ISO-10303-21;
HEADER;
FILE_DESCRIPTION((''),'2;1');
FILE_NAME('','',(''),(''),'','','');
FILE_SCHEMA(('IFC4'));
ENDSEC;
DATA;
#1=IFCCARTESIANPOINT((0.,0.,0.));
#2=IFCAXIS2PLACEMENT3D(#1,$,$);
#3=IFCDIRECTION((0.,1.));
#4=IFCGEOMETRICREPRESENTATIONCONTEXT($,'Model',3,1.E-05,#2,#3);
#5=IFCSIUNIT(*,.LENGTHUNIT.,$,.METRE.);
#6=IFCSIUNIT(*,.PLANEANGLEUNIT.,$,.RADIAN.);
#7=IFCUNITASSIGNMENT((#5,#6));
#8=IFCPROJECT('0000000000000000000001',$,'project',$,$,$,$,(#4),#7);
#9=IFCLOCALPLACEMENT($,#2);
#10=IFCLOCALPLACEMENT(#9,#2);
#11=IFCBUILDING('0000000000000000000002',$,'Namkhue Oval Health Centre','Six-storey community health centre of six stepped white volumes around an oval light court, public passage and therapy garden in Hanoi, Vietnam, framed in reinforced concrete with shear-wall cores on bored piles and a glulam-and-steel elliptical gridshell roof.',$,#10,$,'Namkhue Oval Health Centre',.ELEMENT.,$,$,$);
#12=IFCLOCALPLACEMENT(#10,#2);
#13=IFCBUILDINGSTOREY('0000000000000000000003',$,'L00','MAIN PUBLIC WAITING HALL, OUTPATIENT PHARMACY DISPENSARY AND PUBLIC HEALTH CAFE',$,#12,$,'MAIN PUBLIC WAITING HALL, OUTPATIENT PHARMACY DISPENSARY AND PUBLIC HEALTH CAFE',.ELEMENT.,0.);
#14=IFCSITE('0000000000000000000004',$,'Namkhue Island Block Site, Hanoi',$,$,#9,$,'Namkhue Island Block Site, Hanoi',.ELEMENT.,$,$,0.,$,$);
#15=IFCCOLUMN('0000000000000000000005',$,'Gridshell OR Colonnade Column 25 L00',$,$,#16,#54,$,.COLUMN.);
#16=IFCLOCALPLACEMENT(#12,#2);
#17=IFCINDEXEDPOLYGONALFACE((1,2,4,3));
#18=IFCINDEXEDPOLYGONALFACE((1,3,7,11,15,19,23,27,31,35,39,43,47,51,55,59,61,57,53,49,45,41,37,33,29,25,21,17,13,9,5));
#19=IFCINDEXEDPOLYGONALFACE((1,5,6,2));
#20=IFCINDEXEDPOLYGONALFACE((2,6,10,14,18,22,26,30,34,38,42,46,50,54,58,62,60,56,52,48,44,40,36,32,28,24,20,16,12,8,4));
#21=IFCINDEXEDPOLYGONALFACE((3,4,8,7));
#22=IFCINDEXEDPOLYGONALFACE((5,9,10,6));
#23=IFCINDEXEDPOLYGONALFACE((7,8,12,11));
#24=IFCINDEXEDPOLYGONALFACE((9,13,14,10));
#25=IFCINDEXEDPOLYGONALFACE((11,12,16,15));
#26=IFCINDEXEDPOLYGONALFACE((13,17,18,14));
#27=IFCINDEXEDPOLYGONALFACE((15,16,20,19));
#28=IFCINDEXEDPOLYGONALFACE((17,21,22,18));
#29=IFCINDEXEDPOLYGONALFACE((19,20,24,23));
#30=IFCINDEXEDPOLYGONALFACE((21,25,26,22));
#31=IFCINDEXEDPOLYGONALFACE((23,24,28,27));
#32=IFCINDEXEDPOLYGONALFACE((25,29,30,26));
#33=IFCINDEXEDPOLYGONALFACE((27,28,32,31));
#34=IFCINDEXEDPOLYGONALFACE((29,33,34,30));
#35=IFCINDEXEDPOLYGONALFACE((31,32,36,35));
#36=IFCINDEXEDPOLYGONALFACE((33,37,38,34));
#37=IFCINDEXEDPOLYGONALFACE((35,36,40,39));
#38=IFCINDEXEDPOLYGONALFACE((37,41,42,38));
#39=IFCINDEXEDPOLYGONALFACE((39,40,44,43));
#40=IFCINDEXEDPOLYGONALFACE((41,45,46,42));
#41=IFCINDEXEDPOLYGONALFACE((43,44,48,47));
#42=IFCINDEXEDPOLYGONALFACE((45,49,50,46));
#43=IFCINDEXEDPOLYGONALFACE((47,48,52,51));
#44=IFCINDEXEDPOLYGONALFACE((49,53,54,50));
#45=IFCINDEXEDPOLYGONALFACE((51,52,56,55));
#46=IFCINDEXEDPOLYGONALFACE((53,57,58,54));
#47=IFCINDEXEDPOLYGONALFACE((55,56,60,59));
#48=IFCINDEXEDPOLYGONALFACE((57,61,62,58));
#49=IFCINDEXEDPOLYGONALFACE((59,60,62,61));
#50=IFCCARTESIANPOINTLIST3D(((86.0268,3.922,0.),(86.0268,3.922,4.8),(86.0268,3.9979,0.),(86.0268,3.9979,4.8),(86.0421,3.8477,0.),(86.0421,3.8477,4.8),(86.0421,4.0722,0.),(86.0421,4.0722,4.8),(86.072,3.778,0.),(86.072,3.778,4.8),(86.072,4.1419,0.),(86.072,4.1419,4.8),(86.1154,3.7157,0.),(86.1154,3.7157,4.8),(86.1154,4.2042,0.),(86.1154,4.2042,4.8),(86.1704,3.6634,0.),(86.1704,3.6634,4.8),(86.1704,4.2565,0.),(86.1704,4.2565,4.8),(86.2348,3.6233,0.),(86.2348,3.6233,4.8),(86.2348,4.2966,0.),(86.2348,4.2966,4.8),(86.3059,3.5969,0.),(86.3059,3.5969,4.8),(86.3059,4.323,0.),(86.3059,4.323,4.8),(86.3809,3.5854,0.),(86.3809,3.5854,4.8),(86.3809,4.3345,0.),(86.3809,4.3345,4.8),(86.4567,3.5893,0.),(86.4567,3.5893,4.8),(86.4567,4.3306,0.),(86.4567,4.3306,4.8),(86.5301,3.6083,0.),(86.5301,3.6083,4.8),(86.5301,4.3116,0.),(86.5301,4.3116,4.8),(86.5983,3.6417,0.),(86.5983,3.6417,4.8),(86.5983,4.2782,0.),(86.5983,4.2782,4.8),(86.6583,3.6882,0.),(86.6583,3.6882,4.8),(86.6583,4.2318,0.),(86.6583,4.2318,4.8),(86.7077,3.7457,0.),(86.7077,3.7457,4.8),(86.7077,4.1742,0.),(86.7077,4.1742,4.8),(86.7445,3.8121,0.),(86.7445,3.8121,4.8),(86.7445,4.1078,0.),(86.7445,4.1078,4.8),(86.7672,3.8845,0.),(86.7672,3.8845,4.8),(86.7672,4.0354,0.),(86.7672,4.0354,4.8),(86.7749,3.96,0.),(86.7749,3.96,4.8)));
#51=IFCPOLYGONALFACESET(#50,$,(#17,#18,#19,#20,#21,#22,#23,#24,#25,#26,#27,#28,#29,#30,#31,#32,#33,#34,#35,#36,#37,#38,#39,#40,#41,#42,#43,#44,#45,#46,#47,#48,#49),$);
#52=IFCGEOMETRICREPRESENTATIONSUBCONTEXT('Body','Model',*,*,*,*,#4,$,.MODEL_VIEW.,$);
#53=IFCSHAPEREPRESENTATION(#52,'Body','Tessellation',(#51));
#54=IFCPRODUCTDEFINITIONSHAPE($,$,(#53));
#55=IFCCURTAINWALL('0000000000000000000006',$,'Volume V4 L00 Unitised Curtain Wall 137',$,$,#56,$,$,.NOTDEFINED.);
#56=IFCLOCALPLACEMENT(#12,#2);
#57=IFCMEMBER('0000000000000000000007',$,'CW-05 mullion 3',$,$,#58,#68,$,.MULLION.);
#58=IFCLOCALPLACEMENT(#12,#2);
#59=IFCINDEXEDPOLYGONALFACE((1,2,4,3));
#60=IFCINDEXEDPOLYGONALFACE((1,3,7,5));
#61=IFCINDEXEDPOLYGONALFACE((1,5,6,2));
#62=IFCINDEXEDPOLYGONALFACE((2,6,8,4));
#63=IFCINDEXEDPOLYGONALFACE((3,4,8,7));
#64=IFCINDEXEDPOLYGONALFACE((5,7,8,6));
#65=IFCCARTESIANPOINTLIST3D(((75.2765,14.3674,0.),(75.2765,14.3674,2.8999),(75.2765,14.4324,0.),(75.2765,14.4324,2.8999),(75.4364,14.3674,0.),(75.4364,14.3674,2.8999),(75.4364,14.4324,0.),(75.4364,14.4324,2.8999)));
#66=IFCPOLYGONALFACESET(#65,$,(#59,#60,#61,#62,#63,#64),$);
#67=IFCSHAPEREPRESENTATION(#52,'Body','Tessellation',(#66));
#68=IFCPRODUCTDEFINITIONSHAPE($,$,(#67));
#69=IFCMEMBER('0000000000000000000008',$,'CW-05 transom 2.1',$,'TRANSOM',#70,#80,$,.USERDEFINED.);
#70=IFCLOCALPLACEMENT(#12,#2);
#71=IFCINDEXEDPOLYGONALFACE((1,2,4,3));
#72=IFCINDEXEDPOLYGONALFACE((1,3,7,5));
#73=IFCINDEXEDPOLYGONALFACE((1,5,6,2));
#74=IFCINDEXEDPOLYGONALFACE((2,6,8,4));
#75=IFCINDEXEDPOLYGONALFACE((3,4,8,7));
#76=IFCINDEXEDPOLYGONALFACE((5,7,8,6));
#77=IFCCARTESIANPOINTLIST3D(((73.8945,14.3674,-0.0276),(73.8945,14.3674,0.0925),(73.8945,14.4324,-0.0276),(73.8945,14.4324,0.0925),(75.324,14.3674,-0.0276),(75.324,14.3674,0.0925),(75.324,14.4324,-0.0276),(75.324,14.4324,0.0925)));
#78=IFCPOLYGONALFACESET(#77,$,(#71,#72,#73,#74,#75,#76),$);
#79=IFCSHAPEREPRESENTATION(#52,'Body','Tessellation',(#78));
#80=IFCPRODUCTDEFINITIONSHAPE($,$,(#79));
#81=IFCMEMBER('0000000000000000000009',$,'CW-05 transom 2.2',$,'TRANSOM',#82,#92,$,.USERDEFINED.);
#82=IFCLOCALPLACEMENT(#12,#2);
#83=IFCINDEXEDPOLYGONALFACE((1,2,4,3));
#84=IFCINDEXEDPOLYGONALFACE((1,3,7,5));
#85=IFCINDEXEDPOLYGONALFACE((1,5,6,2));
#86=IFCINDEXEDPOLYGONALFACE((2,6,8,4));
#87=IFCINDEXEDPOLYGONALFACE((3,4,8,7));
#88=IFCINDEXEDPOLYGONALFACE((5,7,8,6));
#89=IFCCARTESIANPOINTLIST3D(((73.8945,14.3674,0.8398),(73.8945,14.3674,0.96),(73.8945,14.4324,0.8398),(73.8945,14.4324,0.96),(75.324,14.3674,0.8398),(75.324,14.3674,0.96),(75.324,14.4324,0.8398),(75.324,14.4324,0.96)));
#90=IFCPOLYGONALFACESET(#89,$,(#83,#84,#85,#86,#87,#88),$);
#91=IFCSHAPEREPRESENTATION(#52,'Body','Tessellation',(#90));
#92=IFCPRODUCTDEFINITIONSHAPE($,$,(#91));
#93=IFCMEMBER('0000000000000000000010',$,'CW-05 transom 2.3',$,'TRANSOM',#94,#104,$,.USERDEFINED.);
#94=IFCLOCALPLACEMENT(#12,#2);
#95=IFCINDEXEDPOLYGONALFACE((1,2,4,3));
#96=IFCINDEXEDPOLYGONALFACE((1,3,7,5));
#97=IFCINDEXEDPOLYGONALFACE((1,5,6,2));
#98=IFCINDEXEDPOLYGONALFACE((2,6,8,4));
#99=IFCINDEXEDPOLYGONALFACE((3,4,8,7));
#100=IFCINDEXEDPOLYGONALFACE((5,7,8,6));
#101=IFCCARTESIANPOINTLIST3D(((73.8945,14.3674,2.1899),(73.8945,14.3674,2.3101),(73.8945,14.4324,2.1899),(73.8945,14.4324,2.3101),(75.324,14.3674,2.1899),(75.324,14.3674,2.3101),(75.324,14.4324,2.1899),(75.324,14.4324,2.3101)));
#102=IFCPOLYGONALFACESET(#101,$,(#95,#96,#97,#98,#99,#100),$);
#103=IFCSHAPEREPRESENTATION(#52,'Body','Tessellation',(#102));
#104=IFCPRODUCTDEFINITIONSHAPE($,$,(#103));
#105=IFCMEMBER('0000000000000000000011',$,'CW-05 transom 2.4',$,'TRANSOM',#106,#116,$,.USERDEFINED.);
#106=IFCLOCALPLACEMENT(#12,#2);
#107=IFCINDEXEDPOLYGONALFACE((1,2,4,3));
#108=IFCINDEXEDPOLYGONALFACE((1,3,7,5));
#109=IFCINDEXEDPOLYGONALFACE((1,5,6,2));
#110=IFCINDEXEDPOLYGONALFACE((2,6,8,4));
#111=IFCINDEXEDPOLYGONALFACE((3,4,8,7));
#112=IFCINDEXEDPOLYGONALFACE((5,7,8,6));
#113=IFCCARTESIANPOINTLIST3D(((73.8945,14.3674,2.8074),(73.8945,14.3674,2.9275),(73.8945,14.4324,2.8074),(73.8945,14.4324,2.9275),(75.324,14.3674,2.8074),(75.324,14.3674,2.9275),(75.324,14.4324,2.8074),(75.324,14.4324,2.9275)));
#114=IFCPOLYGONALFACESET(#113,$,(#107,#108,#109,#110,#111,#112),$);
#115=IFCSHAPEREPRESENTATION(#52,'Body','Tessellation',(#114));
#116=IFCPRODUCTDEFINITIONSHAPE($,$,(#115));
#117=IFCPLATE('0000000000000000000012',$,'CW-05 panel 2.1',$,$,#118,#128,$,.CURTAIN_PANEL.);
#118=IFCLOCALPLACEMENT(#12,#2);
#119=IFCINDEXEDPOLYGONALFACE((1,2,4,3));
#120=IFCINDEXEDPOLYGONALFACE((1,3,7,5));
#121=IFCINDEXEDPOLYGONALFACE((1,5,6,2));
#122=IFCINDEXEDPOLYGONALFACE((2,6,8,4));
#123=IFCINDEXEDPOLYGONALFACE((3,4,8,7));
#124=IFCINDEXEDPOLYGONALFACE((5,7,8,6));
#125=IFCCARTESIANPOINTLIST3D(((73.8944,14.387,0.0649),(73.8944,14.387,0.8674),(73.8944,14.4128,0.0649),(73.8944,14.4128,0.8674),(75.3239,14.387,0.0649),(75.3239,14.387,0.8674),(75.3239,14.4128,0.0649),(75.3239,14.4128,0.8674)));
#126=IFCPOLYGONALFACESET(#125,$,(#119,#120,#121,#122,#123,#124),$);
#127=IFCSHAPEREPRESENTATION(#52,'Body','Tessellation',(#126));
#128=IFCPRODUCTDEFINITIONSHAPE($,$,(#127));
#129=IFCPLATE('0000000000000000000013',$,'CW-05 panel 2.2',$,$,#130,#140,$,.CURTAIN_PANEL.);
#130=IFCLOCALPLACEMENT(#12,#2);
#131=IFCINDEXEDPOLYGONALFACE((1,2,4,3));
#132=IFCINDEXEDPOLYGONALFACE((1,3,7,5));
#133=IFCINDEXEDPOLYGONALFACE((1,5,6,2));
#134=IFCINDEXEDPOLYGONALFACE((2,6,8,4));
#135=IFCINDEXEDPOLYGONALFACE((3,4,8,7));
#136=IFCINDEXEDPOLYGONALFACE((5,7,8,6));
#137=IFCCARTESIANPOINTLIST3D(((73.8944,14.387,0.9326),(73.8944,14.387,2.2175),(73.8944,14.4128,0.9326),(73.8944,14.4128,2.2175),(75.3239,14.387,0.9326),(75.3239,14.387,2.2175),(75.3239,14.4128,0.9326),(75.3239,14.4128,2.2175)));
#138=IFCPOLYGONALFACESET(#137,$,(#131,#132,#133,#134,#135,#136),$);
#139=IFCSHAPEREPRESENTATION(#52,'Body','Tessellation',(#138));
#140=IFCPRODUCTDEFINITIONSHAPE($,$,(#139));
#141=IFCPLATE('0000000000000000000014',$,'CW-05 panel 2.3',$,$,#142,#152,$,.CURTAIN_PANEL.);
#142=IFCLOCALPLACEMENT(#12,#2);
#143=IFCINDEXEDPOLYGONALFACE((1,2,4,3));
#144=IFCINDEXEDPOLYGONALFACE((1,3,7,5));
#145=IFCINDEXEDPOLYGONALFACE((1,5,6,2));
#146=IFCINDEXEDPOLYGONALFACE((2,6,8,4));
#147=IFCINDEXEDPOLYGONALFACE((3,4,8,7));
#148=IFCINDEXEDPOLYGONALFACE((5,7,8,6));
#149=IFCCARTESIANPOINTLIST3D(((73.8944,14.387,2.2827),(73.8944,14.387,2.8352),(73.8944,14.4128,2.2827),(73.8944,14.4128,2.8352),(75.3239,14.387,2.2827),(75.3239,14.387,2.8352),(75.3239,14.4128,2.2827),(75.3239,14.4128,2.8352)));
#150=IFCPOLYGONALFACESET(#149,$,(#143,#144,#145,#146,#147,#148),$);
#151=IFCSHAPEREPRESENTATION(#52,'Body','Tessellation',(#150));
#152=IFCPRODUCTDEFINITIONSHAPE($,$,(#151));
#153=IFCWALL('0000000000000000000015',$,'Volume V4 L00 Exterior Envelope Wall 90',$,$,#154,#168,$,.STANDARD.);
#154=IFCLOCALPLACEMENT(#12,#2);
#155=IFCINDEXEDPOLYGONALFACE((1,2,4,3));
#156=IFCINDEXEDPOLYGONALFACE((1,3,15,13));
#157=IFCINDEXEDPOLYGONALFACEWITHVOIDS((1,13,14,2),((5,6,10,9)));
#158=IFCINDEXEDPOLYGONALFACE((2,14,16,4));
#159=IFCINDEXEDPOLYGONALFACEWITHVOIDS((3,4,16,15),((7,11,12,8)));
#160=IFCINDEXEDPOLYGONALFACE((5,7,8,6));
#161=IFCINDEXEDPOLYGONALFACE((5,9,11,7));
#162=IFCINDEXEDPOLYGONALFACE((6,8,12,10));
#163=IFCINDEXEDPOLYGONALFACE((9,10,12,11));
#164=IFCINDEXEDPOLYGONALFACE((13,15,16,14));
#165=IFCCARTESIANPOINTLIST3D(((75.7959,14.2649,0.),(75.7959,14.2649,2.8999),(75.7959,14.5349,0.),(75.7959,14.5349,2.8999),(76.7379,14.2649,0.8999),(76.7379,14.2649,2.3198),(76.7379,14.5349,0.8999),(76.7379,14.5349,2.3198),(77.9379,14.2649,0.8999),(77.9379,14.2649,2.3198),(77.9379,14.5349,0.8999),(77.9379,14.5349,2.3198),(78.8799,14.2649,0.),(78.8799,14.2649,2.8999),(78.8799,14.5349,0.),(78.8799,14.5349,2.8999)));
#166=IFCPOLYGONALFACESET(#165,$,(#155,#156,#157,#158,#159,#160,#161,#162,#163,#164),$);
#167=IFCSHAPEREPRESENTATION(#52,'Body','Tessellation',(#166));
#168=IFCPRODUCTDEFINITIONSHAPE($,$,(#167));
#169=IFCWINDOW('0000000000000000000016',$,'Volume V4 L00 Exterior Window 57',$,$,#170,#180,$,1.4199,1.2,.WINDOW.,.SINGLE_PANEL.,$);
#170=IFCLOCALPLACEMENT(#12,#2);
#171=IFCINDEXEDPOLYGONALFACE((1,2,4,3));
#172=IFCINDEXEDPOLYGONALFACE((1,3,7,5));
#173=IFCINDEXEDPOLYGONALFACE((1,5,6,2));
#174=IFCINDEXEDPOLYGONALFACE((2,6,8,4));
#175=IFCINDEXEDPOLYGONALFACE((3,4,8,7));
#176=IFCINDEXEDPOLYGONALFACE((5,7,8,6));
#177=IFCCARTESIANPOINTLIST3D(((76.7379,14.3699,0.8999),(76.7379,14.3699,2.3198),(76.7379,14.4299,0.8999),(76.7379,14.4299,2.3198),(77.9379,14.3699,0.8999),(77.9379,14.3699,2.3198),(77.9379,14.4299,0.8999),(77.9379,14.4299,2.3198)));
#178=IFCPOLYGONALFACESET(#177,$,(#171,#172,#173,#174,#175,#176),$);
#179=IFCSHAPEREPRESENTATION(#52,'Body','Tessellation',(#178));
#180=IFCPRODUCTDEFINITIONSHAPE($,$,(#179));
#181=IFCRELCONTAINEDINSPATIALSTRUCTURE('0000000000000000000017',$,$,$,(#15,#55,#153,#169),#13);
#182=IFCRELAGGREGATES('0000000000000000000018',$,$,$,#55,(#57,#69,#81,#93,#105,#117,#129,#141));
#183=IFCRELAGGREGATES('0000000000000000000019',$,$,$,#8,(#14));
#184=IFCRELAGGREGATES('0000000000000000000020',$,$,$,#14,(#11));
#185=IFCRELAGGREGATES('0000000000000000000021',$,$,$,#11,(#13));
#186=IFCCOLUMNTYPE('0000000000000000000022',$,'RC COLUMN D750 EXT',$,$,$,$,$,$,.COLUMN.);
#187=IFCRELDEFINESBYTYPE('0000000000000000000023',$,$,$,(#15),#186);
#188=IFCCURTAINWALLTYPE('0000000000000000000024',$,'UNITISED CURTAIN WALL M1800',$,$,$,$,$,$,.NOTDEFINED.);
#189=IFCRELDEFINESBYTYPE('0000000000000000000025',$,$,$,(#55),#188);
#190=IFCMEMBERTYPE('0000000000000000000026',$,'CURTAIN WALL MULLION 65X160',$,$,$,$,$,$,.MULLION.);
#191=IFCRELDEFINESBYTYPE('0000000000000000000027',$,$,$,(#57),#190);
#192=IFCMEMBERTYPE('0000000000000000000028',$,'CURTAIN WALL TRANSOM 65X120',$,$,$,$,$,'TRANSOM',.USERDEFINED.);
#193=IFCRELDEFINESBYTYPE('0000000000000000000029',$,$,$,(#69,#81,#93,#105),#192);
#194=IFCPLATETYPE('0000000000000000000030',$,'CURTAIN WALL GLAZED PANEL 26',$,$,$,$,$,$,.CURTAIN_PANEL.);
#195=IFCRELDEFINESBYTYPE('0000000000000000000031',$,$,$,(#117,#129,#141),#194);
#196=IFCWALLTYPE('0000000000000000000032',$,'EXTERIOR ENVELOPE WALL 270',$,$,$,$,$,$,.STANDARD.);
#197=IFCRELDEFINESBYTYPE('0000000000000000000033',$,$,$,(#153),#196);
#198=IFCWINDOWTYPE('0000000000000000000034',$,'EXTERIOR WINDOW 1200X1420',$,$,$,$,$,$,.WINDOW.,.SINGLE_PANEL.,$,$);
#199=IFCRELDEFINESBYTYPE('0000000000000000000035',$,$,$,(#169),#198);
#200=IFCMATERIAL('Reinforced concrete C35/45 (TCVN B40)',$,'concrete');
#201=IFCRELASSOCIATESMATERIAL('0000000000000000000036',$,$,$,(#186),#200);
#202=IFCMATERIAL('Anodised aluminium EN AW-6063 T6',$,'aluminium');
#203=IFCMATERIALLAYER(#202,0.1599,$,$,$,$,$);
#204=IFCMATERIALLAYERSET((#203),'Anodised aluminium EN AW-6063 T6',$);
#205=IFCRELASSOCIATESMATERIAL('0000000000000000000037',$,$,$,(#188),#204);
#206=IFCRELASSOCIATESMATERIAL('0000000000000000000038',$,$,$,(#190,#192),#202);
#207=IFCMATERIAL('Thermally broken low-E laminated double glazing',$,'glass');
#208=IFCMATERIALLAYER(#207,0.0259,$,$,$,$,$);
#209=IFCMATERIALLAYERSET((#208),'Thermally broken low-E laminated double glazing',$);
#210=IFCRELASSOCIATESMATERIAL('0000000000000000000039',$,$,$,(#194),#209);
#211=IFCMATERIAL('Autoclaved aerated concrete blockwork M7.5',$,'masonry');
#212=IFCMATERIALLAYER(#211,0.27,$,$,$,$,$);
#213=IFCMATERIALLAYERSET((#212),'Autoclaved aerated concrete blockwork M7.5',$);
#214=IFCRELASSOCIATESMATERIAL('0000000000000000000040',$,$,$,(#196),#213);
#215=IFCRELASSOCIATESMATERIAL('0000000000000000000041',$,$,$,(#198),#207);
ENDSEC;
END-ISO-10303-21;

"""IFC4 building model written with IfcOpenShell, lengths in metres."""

from ifc_helpers import new_model, si_unit, direction, frame, frame_2d, origin, origin_2d, place, context, subcontext, project, spatial, rectangle, circle, extrude, material, layer, layer_set, material_profile, profile_set, type_object, element, fill, aggregate, save


model = new_model("IFC4")

# Units and contexts
model_context = context("Model", 3, precision=1e-05, world=origin(), true_north=direction((0.0, 1.0)))
body_context = subcontext(model_context, "Body", "Model", "MODEL_VIEW")
ifc_project = project(units=[si_unit("LENGTHUNIT", "METRE"), si_unit("PLANEANGLEUNIT", "RADIAN")], contexts=[model_context])

# Site, building, storey
site_placement = place(None, origin())
site = spatial("IfcSite", under=ifc_project, at=site_placement, Name="Namkhue Island Block Site, Hanoi", LongName="Namkhue Island Block Site, Hanoi", CompositionType="ELEMENT", RefElevation=0.0)
building_placement = place(site_placement, origin())
building = spatial("IfcBuilding", under=site, at=building_placement, Name="Namkhue Oval Health Centre", Description="Six-storey community health centre of six stepped white volumes around an oval light court, public passage and therapy garden in Hanoi, Vietnam, framed in reinforced concrete with shear-wall cores on bored piles and a glulam-and-steel elliptical gridshell roof.", LongName="Namkhue Oval Health Centre", CompositionType="ELEMENT")
storey_placement = place(building_placement, origin())
storey = spatial("IfcBuildingStorey", under=building, at=storey_placement, Name="L00", Description="MAIN PUBLIC WAITING HALL, OUTPATIENT PHARMACY DISPENSARY AND PUBLIC HEALTH CAFE", LongName="MAIN PUBLIC WAITING HALL, OUTPATIENT PHARMACY DISPENSARY AND PUBLIC HEALTH CAFE", CompositionType="ELEMENT", Elevation=0.0)

# Column
ifc_material_1 = material(Name="Reinforced concrete C35/45 (TCVN B40)", Category="concrete")
ifc_material_profile_1 = material_profile(ifc_material_1, circle(Radius=0.375, at=origin_2d()), Name="RC D750")
ifc_profile_set_1 = profile_set([ifc_material_profile_1], Name="Reinforced concrete C35/45 (TCVN B40)")
column_type_1 = type_object("IfcColumnType", Name="RC COLUMN D750 EXT", PredefinedType="COLUMN", material=ifc_profile_set_1)
column_1_placement = place(storey_placement, frame((86.3999, 3.96, 0.0), z_axis=(0.0, 0.0, 1.0), x_axis=(1.0, 0.0, 0.0)))
element("IfcColumn", 1, at=column_1_placement, inside=storey, type_object=column_type_1, Name="Gridshell OR Colonnade Column 25 L00", PredefinedType="COLUMN", context=body_context, shape_type="SweptSolid", body=[
    extrude(circle(Radius=0.375, at=origin_2d()), origin(), (0.0, 0.0, 1.0), 4.8),
])

# Curtain wall, members, plates
ifc_material_2 = material(Name="Anodised aluminium EN AW-6063 T6", Category="aluminium")
ifc_layer_1 = layer(ifc_material_2, 0.1599)
ifc_layer_set_1 = layer_set([ifc_layer_1], Name="Anodised aluminium EN AW-6063 T6")
curtain_wall_type = type_object("IfcCurtainWallType", Name="UNITISED CURTAIN WALL M1800", PredefinedType="NOTDEFINED", material=ifc_layer_set_1)
curtain_wall_placement = place(storey_placement, origin())
curtain_wall = element("IfcCurtainWall", 2, at=curtain_wall_placement, inside=storey, type_object=curtain_wall_type, Name="Volume V4 L00 Unitised Curtain Wall 137", PredefinedType="NOTDEFINED")
ifc_material_profile_2 = material_profile(ifc_material_2, rectangle(XDim=0.0649, YDim=0.1599, at=origin_2d()), Name="ALU 65x160")
ifc_profile_set_2 = profile_set([ifc_material_profile_2], Name="Anodised aluminium EN AW-6063 T6")
member_type_1 = type_object("IfcMemberType", Name="CURTAIN WALL MULLION 65X160", PredefinedType="MULLION", material=ifc_profile_set_2)
member_1_placement = place(storey_placement, frame((75.3564, 14.3999, 0.0), z_axis=(0.0, 0.0, 1.0), x_axis=(0.0, 1.0, 0.0)))
member_1 = element("IfcMember", 3, at=member_1_placement, type_object=member_type_1, Name="CW-05 mullion 3", PredefinedType="MULLION", context=body_context, shape_type="SweptSolid", body=[
    extrude(rectangle(XDim=0.0649, YDim=0.1599, at=origin_2d()), origin(), (0.0, 0.0, 1.0), 2.8999),
])
ifc_material_profile_3 = material_profile(ifc_material_2, rectangle(XDim=0.0649, YDim=0.1201, at=origin_2d()), Name="ALU 65x120")
ifc_profile_set_3 = profile_set([ifc_material_profile_3], Name="Anodised aluminium EN AW-6063 T6")
member_type_2 = type_object("IfcMemberType", Name="CURTAIN WALL TRANSOM 65X120", ElementType="TRANSOM", PredefinedType="USERDEFINED", material=ifc_profile_set_3)
member_2_placement = place(storey_placement, frame((73.8945, 14.3999, 0.0325), z_axis=(1.0, 0.0, 0.0), x_axis=(0.0, 1.0, 0.0)))
member_2 = element("IfcMember", 4, at=member_2_placement, type_object=member_type_2, Name="CW-05 transom 2.1", ObjectType="TRANSOM", PredefinedType="USERDEFINED", context=body_context, shape_type="SweptSolid", body=[
    extrude(rectangle(XDim=0.0649, YDim=0.1201, at=origin_2d()), origin(), (0.0, 0.0, 1.0), 1.4294),
])
member_3_placement = place(storey_placement, frame((73.8945, 14.3999, 0.8999), z_axis=(1.0, 0.0, 0.0), x_axis=(0.0, 1.0, 0.0)))
member_3 = element("IfcMember", 5, at=member_3_placement, type_object=member_type_2, Name="CW-05 transom 2.2", ObjectType="TRANSOM", PredefinedType="USERDEFINED", context=body_context, shape_type="SweptSolid", body=[
    extrude(rectangle(XDim=0.0649, YDim=0.1201, at=origin_2d()), origin(), (0.0, 0.0, 1.0), 1.4294),
])
member_4_placement = place(storey_placement, frame((73.8945, 14.3999, 2.25), z_axis=(1.0, 0.0, 0.0), x_axis=(0.0, 1.0, 0.0)))
member_4 = element("IfcMember", 6, at=member_4_placement, type_object=member_type_2, Name="CW-05 transom 2.3", ObjectType="TRANSOM", PredefinedType="USERDEFINED", context=body_context, shape_type="SweptSolid", body=[
    extrude(rectangle(XDim=0.0649, YDim=0.1201, at=origin_2d()), origin(), (0.0, 0.0, 1.0), 1.4294),
])
member_5_placement = place(storey_placement, frame((73.8945, 14.3999, 2.8674), z_axis=(1.0, 0.0, 0.0), x_axis=(0.0, 1.0, 0.0)))
member_5 = element("IfcMember", 7, at=member_5_placement, type_object=member_type_2, Name="CW-05 transom 2.4", ObjectType="TRANSOM", PredefinedType="USERDEFINED", context=body_context, shape_type="SweptSolid", body=[
    extrude(rectangle(XDim=0.0649, YDim=0.1201, at=origin_2d()), origin(), (0.0, 0.0, 1.0), 1.4294),
])
ifc_material_3 = material(Name="Thermally broken low-E laminated double glazing", Category="glass")
ifc_layer_2 = layer(ifc_material_3, 0.0259)
ifc_layer_set_2 = layer_set([ifc_layer_2], Name="Thermally broken low-E laminated double glazing")
plate_type = type_object("IfcPlateType", Name="CURTAIN WALL GLAZED PANEL 26", PredefinedType="CURTAIN_PANEL", material=ifc_layer_set_2)
plate_1_placement = place(storey_placement, frame((74.6091, 14.3999, 0.0649), z_axis=(0.0, 0.0, 1.0), x_axis=(1.0, 0.0, 0.0)))
plate_1 = element("IfcPlate", 8, at=plate_1_placement, type_object=plate_type, Name="CW-05 panel 2.1", PredefinedType="CURTAIN_PANEL", context=body_context, shape_type="SweptSolid", body=[
    extrude(rectangle(XDim=1.4294, YDim=0.0259, at=origin_2d()), origin(), (0.0, 0.0, 1.0), 0.8025),
])
plate_2_placement = place(storey_placement, frame((74.6091, 14.3999, 0.9326), z_axis=(0.0, 0.0, 1.0), x_axis=(1.0, 0.0, 0.0)))
plate_2 = element("IfcPlate", 9, at=plate_2_placement, type_object=plate_type, Name="CW-05 panel 2.2", PredefinedType="CURTAIN_PANEL", context=body_context, shape_type="SweptSolid", body=[
    extrude(rectangle(XDim=1.4294, YDim=0.0259, at=origin_2d()), origin(), (0.0, 0.0, 1.0), 1.2849),
])
plate_3_placement = place(storey_placement, frame((74.6091, 14.3999, 2.2827), z_axis=(0.0, 0.0, 1.0), x_axis=(1.0, 0.0, 0.0)))
plate_3 = element("IfcPlate", 10, at=plate_3_placement, type_object=plate_type, Name="CW-05 panel 2.3", PredefinedType="CURTAIN_PANEL", context=body_context, shape_type="SweptSolid", body=[
    extrude(rectangle(XDim=1.4294, YDim=0.0259, at=origin_2d()), origin(), (0.0, 0.0, 1.0), 0.5525),
])
aggregate(curtain_wall, [member_1, member_2, member_3, member_4, member_5, plate_1, plate_2, plate_3])

# Wall, opening, window
ifc_material_4 = material(Name="Autoclaved aerated concrete blockwork M7.5", Category="masonry")
ifc_layer_3 = layer(ifc_material_4, 0.27)
ifc_layer_set_3 = layer_set([ifc_layer_3], Name="Autoclaved aerated concrete blockwork M7.5")
wall_type = type_object("IfcWallType", Name="EXTERIOR ENVELOPE WALL 270", PredefinedType="STANDARD", material=ifc_layer_set_3)
wall_placement = place(storey_placement, frame((75.7959, 14.3999, 0.0), z_axis=(0.0, 0.0, 1.0), x_axis=(1.0, 0.0, 0.0)))
wall = element("IfcWall", 11, at=wall_placement, inside=storey, type_object=wall_type, Name="Volume V4 L00 Exterior Envelope Wall 90", PredefinedType="STANDARD", context=body_context, shape_type="SweptSolid", body=[
    extrude(rectangle(XDim=3.084, YDim=0.27, at=frame_2d((1.542, 0.0))), origin(), (0.0, 0.0, 1.0), 2.8999),
])
opening_placement = place(wall_placement, frame((0.9419, 0.0, 0.8999)))
opening = element("IfcOpeningElement", 12, at=opening_placement, cuts=wall, PredefinedType="OPENING", context=body_context, shape_type="SweptSolid", body=[
    extrude(rectangle(XDim=1.2, YDim=1.4199, at=frame_2d((0.6001, 0.71))), frame((0.0, 0.145, 0.0), z_axis=(0.0, -1.0, 0.0), x_axis=(1.0, 0.0, 0.0)), (0.0, 0.0, 1.0), 0.29),
])
window_type = type_object("IfcWindowType", Name="EXTERIOR WINDOW 1200X1420", PartitioningType="SINGLE_PANEL", PredefinedType="WINDOW", material=ifc_material_3)
window_placement = place(opening_placement, origin())
window = element("IfcWindow", 13, at=window_placement, inside=storey, type_object=window_type, Name="Volume V4 L00 Exterior Window 57", OverallHeight=1.4199, OverallWidth=1.2, PartitioningType="SINGLE_PANEL", PredefinedType="WINDOW", context=body_context, shape_type="SweptSolid", body=[
    extrude(rectangle(XDim=1.2, YDim=1.4199, at=frame_2d((0.6001, 0.71))), frame((0.0, 0.03, 0.0), z_axis=(0.0, -1.0, 0.0), x_axis=(1.0, 0.0, 0.0)), (0.0, 0.0, 1.0), 0.0601),
])
fill(opening, window)

save(model, "model.ifc")
